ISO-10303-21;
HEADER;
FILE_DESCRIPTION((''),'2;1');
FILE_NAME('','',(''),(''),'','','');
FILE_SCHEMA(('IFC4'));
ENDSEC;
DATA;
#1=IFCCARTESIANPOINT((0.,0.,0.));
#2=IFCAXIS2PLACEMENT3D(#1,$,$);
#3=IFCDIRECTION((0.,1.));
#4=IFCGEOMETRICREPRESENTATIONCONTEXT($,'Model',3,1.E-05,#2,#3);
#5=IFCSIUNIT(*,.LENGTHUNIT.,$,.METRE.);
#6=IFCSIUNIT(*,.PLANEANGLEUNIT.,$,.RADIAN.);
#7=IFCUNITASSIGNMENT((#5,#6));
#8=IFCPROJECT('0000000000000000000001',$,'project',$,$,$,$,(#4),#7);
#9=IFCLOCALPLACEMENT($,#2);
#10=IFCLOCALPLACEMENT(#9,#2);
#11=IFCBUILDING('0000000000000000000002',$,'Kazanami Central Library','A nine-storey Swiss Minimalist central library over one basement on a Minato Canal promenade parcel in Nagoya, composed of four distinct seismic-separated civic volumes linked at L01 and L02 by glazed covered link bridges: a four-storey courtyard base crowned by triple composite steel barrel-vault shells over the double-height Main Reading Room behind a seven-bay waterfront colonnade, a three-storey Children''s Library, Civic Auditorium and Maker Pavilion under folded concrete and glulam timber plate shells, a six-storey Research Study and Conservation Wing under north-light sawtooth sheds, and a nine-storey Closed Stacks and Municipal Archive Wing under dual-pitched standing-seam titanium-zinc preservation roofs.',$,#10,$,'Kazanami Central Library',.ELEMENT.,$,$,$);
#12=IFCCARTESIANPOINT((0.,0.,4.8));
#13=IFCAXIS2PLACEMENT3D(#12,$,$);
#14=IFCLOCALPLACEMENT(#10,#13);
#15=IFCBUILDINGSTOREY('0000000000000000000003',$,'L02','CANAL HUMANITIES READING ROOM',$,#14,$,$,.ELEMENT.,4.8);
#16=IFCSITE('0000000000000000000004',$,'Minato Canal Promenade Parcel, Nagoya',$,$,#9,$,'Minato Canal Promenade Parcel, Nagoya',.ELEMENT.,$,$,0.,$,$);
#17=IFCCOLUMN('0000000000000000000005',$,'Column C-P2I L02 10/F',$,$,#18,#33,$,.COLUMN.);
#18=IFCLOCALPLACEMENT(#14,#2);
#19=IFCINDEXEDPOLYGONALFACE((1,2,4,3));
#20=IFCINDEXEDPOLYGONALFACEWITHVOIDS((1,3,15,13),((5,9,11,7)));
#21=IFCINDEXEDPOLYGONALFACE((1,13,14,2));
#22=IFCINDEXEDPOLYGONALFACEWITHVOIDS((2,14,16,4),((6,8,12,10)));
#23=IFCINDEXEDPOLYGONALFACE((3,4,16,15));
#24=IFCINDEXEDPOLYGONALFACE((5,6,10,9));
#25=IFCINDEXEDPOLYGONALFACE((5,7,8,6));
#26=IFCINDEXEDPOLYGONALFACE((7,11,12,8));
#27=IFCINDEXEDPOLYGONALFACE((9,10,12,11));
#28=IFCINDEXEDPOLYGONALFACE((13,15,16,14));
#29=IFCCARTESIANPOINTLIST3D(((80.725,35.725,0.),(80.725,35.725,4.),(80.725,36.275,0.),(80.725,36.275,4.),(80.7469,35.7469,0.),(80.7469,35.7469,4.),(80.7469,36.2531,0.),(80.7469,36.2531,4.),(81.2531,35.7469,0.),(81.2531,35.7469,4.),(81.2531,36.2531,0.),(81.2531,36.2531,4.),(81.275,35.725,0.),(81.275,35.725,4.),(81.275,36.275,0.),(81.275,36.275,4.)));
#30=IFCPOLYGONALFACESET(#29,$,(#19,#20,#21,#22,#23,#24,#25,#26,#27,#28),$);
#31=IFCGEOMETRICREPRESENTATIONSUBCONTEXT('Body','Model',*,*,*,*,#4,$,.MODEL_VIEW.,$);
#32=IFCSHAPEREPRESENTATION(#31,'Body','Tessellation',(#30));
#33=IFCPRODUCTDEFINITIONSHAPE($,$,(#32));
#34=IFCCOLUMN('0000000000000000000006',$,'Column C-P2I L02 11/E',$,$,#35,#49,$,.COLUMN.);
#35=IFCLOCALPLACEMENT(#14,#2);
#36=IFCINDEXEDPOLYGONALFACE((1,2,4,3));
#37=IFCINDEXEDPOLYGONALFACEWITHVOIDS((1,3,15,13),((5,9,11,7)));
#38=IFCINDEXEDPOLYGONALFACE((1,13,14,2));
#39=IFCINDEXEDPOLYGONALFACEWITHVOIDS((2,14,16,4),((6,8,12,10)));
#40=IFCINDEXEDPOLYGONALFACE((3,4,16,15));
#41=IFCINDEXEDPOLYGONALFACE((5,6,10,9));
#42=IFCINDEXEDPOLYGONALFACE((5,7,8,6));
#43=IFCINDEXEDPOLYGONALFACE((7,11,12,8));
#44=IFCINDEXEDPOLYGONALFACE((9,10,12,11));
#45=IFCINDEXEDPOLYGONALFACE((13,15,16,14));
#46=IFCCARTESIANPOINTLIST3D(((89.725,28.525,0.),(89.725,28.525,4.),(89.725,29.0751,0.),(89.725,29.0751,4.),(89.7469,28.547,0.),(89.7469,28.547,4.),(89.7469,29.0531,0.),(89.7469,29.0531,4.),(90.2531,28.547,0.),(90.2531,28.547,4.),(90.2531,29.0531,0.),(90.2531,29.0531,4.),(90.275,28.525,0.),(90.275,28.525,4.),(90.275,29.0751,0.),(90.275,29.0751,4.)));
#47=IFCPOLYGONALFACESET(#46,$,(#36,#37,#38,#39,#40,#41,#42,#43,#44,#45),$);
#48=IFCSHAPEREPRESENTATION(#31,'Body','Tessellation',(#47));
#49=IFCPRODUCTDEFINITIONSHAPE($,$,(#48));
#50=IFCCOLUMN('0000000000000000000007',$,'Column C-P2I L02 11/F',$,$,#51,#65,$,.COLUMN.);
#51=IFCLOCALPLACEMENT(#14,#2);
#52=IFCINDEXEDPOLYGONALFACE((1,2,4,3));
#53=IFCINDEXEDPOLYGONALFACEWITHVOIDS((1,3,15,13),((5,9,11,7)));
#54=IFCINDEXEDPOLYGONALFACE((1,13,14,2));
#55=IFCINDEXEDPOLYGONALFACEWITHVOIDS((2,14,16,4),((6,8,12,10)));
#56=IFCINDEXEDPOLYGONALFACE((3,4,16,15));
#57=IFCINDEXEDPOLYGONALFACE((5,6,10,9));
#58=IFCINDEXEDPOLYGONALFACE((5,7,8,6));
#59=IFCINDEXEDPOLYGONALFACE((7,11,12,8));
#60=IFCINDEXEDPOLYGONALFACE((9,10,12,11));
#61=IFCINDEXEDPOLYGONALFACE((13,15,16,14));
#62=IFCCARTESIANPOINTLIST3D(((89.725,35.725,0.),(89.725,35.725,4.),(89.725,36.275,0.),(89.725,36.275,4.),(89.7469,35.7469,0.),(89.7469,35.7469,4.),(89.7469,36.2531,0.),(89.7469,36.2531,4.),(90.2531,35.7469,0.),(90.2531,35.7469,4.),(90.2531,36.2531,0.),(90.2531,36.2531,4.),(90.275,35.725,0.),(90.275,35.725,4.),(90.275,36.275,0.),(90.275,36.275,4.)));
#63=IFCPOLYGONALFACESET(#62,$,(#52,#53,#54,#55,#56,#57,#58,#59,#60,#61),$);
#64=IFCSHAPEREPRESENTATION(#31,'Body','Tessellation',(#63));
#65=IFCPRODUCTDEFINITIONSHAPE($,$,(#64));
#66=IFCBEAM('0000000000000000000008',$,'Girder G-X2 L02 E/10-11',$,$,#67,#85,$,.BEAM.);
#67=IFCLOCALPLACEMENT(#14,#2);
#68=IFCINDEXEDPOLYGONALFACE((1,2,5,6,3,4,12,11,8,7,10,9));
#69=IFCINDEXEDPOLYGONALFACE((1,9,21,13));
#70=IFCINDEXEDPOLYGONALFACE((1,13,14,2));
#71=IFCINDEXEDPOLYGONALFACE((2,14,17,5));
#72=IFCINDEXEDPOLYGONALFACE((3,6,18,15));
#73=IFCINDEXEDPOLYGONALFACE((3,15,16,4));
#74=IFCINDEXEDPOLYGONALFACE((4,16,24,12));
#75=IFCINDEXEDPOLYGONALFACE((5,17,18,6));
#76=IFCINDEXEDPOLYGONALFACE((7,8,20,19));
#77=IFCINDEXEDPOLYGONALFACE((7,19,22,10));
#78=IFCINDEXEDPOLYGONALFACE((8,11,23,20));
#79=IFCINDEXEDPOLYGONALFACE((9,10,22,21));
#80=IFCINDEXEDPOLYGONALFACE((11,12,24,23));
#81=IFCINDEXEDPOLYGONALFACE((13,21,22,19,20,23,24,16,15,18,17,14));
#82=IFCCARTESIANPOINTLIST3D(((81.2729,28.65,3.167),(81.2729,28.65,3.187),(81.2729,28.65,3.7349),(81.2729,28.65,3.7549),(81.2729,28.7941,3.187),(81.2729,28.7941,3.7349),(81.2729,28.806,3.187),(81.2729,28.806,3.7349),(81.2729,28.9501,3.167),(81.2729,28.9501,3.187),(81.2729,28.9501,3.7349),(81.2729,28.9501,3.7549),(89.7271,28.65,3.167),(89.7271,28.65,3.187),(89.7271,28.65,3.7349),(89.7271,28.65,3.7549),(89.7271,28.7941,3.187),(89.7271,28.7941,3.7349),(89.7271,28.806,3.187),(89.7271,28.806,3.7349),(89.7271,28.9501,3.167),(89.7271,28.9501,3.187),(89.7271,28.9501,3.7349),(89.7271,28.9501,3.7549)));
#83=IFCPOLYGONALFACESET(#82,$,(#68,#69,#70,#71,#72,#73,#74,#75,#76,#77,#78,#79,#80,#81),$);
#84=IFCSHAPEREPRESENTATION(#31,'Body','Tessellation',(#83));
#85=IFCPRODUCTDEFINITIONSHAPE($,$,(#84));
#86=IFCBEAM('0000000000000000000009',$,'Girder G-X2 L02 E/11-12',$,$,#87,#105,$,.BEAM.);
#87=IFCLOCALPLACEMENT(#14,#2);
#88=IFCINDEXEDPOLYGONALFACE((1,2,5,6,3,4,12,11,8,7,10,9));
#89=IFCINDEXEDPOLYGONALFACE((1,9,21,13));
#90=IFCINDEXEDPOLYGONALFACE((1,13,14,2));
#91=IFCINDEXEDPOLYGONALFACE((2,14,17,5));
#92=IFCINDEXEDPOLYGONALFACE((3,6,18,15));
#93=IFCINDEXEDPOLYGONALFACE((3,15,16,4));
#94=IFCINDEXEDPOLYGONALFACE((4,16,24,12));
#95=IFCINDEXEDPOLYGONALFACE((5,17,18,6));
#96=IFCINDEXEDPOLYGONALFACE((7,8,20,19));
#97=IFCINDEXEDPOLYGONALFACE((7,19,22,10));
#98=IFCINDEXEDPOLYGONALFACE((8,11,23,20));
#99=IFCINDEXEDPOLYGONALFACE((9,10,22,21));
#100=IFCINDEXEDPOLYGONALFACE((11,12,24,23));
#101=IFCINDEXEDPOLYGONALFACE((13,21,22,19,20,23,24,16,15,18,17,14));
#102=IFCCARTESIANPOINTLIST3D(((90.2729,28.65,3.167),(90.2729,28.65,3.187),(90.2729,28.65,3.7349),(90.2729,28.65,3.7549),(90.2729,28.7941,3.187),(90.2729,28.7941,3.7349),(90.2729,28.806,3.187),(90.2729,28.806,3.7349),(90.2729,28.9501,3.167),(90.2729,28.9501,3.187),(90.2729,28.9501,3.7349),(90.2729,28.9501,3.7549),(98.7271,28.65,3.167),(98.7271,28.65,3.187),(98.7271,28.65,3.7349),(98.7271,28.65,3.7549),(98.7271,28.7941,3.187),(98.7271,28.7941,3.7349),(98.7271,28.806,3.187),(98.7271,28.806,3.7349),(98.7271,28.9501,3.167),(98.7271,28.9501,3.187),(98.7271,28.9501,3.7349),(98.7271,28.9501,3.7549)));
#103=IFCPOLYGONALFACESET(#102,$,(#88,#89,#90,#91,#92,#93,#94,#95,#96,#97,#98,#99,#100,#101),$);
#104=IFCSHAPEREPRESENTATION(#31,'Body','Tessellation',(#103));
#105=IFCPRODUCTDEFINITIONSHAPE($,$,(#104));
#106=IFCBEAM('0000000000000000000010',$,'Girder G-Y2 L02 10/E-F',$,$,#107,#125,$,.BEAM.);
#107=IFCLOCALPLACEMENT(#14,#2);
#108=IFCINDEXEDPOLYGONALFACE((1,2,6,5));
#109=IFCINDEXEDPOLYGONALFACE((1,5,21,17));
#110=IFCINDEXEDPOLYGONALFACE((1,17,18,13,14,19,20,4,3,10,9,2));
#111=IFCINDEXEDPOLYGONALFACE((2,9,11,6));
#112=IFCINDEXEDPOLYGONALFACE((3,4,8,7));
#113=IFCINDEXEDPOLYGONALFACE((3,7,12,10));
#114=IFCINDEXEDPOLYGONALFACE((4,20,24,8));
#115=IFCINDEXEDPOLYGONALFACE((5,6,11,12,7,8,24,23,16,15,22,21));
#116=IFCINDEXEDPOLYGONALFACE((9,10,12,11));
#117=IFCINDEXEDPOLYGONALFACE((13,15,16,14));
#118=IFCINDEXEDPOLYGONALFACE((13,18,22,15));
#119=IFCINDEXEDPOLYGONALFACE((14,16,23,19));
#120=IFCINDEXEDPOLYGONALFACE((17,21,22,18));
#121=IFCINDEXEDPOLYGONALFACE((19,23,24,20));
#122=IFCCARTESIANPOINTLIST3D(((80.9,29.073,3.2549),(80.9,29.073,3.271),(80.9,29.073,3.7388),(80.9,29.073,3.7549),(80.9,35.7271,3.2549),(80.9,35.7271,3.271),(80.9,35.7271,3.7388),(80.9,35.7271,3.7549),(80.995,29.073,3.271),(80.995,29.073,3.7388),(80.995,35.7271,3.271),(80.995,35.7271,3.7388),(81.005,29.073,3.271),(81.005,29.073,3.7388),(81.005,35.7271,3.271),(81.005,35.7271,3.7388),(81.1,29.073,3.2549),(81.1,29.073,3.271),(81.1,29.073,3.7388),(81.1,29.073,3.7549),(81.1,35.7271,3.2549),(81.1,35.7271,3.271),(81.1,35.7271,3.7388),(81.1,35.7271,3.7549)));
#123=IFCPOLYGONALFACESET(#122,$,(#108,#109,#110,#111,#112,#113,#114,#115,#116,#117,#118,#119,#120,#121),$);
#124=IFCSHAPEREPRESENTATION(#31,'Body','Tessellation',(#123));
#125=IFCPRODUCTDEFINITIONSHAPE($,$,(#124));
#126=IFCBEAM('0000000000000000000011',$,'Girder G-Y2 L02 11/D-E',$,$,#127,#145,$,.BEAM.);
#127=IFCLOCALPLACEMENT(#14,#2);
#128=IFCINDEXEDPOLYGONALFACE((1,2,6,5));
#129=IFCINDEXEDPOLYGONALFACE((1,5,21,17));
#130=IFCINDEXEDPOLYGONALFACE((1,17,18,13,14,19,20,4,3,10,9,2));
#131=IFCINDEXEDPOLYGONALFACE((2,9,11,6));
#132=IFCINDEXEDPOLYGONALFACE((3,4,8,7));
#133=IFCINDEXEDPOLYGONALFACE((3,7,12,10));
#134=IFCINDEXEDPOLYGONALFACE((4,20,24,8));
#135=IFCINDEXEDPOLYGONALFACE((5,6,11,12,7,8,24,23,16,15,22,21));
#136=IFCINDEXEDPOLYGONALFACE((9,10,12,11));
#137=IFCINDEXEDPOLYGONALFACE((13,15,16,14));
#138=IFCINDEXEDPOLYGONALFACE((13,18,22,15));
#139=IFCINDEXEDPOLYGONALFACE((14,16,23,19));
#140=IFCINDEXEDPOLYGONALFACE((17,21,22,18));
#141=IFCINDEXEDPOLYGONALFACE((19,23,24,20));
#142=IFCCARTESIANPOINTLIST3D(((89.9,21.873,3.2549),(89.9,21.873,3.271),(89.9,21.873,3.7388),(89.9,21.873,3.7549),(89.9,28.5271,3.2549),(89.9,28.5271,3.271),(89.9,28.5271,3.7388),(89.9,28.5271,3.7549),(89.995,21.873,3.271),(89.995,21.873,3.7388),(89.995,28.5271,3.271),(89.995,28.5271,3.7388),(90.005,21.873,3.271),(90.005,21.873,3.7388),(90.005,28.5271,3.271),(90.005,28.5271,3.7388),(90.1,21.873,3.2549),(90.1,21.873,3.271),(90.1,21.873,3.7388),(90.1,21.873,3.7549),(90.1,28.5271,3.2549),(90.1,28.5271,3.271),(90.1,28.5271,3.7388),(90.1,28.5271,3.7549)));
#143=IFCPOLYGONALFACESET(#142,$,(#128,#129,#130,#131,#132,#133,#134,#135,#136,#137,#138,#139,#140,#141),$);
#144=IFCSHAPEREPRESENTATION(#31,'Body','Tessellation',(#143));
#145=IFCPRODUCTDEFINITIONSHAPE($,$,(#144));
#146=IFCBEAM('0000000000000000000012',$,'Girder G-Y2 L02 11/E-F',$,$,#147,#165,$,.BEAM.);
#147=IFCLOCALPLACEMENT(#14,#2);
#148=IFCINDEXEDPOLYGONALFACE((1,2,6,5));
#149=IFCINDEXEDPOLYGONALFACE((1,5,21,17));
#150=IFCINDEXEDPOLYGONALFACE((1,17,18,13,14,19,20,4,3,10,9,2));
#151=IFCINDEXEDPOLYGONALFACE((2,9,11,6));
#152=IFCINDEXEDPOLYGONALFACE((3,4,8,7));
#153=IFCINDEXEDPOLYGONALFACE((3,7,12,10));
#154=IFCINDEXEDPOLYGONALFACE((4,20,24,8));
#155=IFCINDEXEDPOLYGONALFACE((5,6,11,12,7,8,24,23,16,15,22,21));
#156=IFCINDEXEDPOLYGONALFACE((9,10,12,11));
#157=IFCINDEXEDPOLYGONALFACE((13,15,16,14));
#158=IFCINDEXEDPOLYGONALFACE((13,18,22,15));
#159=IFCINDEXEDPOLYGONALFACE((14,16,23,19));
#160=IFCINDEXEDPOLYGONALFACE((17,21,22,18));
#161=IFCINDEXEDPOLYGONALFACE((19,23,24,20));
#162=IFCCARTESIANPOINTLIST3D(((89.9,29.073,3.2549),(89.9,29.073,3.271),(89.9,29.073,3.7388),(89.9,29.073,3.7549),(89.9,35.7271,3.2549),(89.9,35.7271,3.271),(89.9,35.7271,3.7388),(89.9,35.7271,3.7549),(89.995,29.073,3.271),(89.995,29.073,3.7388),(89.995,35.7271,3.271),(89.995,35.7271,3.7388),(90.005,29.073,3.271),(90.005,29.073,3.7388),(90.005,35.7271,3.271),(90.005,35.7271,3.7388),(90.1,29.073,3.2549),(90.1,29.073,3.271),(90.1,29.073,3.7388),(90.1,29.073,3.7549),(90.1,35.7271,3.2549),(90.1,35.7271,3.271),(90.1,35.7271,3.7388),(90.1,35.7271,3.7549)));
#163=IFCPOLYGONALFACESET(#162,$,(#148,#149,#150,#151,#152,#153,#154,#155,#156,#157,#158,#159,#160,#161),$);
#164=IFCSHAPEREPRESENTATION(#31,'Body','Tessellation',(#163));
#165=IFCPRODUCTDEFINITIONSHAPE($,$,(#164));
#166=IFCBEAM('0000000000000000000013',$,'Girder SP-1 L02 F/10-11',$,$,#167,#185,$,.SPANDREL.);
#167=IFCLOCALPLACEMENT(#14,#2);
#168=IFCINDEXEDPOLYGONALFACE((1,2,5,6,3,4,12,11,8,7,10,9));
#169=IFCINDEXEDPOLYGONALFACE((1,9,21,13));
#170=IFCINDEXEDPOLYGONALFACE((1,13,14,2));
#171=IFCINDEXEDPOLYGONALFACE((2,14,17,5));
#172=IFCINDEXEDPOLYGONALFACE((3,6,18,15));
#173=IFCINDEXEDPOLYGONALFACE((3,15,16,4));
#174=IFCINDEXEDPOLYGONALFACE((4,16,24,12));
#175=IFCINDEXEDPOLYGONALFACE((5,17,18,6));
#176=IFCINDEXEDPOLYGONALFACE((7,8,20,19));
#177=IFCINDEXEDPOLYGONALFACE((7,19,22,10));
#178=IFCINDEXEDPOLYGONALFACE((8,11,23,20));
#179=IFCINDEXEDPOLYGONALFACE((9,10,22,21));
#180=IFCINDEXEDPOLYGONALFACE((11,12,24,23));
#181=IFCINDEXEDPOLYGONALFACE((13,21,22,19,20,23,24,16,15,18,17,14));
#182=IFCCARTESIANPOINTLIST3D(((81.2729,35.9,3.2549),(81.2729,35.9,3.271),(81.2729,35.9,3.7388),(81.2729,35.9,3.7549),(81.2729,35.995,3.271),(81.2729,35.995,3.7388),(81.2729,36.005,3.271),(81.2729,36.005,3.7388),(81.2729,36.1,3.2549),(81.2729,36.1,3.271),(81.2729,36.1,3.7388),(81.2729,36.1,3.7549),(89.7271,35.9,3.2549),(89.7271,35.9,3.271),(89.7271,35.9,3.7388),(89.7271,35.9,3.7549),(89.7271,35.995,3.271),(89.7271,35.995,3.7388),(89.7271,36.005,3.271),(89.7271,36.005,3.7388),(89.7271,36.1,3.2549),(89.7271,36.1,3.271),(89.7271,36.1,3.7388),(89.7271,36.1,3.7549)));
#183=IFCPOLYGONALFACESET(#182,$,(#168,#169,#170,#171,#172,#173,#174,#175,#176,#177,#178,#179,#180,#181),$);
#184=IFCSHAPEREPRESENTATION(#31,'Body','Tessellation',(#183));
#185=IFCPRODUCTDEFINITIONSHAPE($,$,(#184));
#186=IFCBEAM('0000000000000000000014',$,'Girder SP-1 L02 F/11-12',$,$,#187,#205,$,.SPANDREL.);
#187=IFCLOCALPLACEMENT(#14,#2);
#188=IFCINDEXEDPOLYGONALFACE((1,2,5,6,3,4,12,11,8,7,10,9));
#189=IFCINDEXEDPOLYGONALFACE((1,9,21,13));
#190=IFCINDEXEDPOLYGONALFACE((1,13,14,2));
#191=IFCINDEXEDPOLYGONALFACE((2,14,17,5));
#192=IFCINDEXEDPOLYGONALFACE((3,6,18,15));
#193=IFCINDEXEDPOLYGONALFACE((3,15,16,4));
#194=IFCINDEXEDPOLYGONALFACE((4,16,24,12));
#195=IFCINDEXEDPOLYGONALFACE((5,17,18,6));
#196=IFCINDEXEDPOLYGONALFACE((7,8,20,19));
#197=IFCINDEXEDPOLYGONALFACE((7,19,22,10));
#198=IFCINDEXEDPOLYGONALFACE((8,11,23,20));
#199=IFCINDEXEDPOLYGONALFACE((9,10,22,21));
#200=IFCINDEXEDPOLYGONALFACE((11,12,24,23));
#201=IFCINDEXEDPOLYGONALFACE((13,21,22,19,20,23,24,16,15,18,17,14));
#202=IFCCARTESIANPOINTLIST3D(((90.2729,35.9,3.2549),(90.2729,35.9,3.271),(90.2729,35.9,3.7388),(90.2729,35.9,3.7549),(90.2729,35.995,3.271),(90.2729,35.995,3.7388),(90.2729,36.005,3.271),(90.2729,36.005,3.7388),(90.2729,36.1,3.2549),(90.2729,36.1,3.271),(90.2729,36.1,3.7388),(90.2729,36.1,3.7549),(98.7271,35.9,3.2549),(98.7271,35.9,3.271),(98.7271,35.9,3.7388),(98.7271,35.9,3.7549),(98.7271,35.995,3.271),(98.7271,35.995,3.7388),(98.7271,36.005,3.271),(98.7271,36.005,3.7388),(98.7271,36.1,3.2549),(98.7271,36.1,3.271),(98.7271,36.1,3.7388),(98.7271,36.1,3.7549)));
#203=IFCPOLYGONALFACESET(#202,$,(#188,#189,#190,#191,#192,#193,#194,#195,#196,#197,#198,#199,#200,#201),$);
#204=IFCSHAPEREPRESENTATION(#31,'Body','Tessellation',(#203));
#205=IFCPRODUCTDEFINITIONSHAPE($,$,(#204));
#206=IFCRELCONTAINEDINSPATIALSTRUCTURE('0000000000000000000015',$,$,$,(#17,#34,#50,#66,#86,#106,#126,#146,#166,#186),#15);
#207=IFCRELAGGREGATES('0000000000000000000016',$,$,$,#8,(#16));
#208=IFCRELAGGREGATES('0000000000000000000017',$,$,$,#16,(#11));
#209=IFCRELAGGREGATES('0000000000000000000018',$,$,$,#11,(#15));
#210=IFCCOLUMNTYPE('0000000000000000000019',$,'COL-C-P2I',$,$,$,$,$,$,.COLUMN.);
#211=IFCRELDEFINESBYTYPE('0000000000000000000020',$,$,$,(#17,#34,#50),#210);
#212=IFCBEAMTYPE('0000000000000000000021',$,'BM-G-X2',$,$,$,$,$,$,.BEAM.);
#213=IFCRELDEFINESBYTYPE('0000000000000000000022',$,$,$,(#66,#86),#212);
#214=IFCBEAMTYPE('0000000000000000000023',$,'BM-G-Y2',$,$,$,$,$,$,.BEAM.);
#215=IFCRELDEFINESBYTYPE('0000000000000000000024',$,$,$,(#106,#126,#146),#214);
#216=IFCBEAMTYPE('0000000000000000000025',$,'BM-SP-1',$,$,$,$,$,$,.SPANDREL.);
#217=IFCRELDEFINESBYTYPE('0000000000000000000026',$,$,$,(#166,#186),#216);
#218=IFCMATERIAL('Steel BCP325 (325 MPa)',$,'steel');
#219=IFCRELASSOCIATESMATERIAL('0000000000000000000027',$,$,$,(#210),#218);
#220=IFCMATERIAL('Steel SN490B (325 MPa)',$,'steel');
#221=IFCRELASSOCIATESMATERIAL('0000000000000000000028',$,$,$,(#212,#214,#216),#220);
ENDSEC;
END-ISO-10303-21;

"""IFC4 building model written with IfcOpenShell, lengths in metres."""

from ifc_helpers import new_model, si_unit, direction, frame, origin, origin_2d, place, context, subcontext, project, spatial, hollow_rectangle, i_section, extrude, material, material_profile, profile_set, type_object, element, save


model = new_model("IFC4")

# Units and contexts
model_context = context("Model", 3, precision=1e-05, world=origin(), true_north=direction((0.0, 1.0)))
body_context = subcontext(model_context, "Body", "Model", "MODEL_VIEW")
ifc_project = project(units=[si_unit("LENGTHUNIT", "METRE"), si_unit("PLANEANGLEUNIT", "RADIAN")], contexts=[model_context])

# Site, building, storey
site_placement = place(None, origin())
site = spatial("IfcSite", under=ifc_project, at=site_placement, Name="Minato Canal Promenade Parcel, Nagoya", LongName="Minato Canal Promenade Parcel, Nagoya", CompositionType="ELEMENT", RefElevation=0.0)
building_placement = place(site_placement, origin())
building = spatial("IfcBuilding", under=site, at=building_placement, Name="Kazanami Central Library", Description="A nine-storey Swiss Minimalist central library over one basement on a Minato Canal promenade parcel in Nagoya, composed of four distinct seismic-separated civic volumes linked at L01 and L02 by glazed covered link bridges: a four-storey courtyard base crowned by triple composite steel barrel-vault shells over the double-height Main Reading Room behind a seven-bay waterfront colonnade, a three-storey Children's Library, Civic Auditorium and Maker Pavilion under folded concrete and glulam timber plate shells, a six-storey Research Study and Conservation Wing under north-light sawtooth sheds, and a nine-storey Closed Stacks and Municipal Archive Wing under dual-pitched standing-seam titanium-zinc preservation roofs.", LongName="Kazanami Central Library", CompositionType="ELEMENT")
storey_placement = place(building_placement, frame((0.0, 0.0, 4.8)))
storey = spatial("IfcBuildingStorey", under=building, at=storey_placement, Name="L02", Description="CANAL HUMANITIES READING ROOM", CompositionType="ELEMENT", Elevation=4.8)

# Columns
ifc_material_1 = material(Name="Steel BCP325 (325 MPa)", Category="steel")
ifc_material_profile_1 = material_profile(ifc_material_1, hollow_rectangle(XDim=0.55, YDim=0.55, WallThickness=0.022, at=origin_2d()), Name="BCP-550x550x22")
ifc_profile_set_1 = profile_set([ifc_material_profile_1], Name="Steel BCP325 (325 MPa)")
column_type = type_object("IfcColumnType", Name="COL-C-P2I", PredefinedType="COLUMN", material=ifc_profile_set_1)
for number, where, z_axis, x_axis, name in (
    (1, (81.0, 36.0, 0.0), (0.0, 0.0, 1.0), (1.0, 0.0, 0.0), "Column C-P2I L02 10/F"),
    (2, (90.0, 28.8, 0.0), (0.0, 0.0, 1.0), (1.0, 0.0, 0.0), "Column C-P2I L02 11/E"),
    (3, (90.0, 36.0, 0.0), (0.0, 0.0, 1.0), (1.0, 0.0, 0.0), "Column C-P2I L02 11/F"),
):
    element("IfcColumn", number, at=place(storey_placement, frame(where, z_axis=z_axis, x_axis=x_axis)), inside=storey, type_object=column_type, Name=name, PredefinedType="COLUMN", context=body_context, shape_type="SweptSolid", body=[
        extrude(hollow_rectangle(XDim=0.55, YDim=0.55, WallThickness=0.022, at=origin_2d()), origin(), (0.0, 0.0, 1.0), 4.0),
    ])

# Beams
ifc_material_2 = material(Name="Steel SN490B (325 MPa)", Category="steel")
ifc_material_profile_2 = material_profile(ifc_material_2, i_section(OverallWidth=0.3, OverallDepth=0.5879, WebThickness=0.012, FlangeThickness=0.02, at=origin_2d()), Name="H-588x300x12x20")
ifc_profile_set_2 = profile_set([ifc_material_profile_2], Name="Steel SN490B (325 MPa)")
beam_type_1 = type_object("IfcBeamType", Name="BM-G-X2", PredefinedType="BEAM", material=ifc_profile_set_2)
for number, where, z_axis, x_axis, name in (
    (4, (81.2729, 28.8, 3.4609), (1.0, 0.0, 0.0), (0.0, 1.0, 0.0), "Girder G-X2 L02 E/10-11"),
    (5, (90.2729, 28.8, 3.4609), (1.0, 0.0, 0.0), (0.0, 1.0, 0.0), "Girder G-X2 L02 E/11-12"),
):
    element("IfcBeam", number, at=place(storey_placement, frame(where, z_axis=z_axis, x_axis=x_axis)), inside=storey, type_object=beam_type_1, Name=name, PredefinedType="BEAM", context=body_context, shape_type="SweptSolid", body=[
        extrude(i_section(OverallWidth=0.3, OverallDepth=0.5879, WebThickness=0.012, FlangeThickness=0.02, at=origin_2d()), origin(), (0.0, 0.0, 1.0), 8.4541),
    ])
ifc_material_profile_3 = material_profile(ifc_material_2, i_section(OverallWidth=0.2, OverallDepth=0.5, WebThickness=0.01, FlangeThickness=0.0161, at=origin_2d()), Name="H-500x200x10x16")
ifc_profile_set_3 = profile_set([ifc_material_profile_3], Name="Steel SN490B (325 MPa)")
beam_type_2 = type_object("IfcBeamType", Name="BM-G-Y2", PredefinedType="BEAM", material=ifc_profile_set_3)
for number, where, z_axis, x_axis, name in (
    (6, (81.0, 29.073, 3.5049), (0.0, 1.0, 0.0), (-1.0, 0.0, 0.0), "Girder G-Y2 L02 10/E-F"),
    (7, (90.0, 21.873, 3.5049), (0.0, 1.0, 0.0), (-1.0, 0.0, 0.0), "Girder G-Y2 L02 11/D-E"),
    (8, (90.0, 29.073, 3.5049), (0.0, 1.0, 0.0), (-1.0, 0.0, 0.0), "Girder G-Y2 L02 11/E-F"),
):
    element("IfcBeam", number, at=place(storey_placement, frame(where, z_axis=z_axis, x_axis=x_axis)), inside=storey, type_object=beam_type_2, Name=name, PredefinedType="BEAM", context=body_context, shape_type="SweptSolid", body=[
        extrude(i_section(OverallWidth=0.2, OverallDepth=0.5, WebThickness=0.01, FlangeThickness=0.0161, at=origin_2d()), origin(), (0.0, 0.0, 1.0), 6.6541),
    ])
ifc_material_profile_4 = material_profile(ifc_material_2, i_section(OverallWidth=0.2, OverallDepth=0.5, WebThickness=0.01, FlangeThickness=0.0161, at=origin_2d()), Name="H-500x200x10x16")
ifc_profile_set_4 = profile_set([ifc_material_profile_4], Name="Steel SN490B (325 MPa)")
beam_type_3 = type_object("IfcBeamType", Name="BM-SP-1", PredefinedType="SPANDREL", material=ifc_profile_set_4)
for number, where, z_axis, x_axis, name in (
    (9, (81.2729, 36.0, 3.5049), (1.0, 0.0, 0.0), (0.0, 1.0, 0.0), "Girder SP-1 L02 F/10-11"),
    (10, (90.2729, 36.0, 3.5049), (1.0, 0.0, 0.0), (0.0, 1.0, 0.0), "Girder SP-1 L02 F/11-12"),
):
    element("IfcBeam", number, at=place(storey_placement, frame(where, z_axis=z_axis, x_axis=x_axis)), inside=storey, type_object=beam_type_3, Name=name, PredefinedType="SPANDREL", context=body_context, shape_type="SweptSolid", body=[
        extrude(i_section(OverallWidth=0.2, OverallDepth=0.5, WebThickness=0.01, FlangeThickness=0.0161, at=origin_2d()), origin(), (0.0, 0.0, 1.0), 8.4541),
    ])

save(model, "model.ifc")
